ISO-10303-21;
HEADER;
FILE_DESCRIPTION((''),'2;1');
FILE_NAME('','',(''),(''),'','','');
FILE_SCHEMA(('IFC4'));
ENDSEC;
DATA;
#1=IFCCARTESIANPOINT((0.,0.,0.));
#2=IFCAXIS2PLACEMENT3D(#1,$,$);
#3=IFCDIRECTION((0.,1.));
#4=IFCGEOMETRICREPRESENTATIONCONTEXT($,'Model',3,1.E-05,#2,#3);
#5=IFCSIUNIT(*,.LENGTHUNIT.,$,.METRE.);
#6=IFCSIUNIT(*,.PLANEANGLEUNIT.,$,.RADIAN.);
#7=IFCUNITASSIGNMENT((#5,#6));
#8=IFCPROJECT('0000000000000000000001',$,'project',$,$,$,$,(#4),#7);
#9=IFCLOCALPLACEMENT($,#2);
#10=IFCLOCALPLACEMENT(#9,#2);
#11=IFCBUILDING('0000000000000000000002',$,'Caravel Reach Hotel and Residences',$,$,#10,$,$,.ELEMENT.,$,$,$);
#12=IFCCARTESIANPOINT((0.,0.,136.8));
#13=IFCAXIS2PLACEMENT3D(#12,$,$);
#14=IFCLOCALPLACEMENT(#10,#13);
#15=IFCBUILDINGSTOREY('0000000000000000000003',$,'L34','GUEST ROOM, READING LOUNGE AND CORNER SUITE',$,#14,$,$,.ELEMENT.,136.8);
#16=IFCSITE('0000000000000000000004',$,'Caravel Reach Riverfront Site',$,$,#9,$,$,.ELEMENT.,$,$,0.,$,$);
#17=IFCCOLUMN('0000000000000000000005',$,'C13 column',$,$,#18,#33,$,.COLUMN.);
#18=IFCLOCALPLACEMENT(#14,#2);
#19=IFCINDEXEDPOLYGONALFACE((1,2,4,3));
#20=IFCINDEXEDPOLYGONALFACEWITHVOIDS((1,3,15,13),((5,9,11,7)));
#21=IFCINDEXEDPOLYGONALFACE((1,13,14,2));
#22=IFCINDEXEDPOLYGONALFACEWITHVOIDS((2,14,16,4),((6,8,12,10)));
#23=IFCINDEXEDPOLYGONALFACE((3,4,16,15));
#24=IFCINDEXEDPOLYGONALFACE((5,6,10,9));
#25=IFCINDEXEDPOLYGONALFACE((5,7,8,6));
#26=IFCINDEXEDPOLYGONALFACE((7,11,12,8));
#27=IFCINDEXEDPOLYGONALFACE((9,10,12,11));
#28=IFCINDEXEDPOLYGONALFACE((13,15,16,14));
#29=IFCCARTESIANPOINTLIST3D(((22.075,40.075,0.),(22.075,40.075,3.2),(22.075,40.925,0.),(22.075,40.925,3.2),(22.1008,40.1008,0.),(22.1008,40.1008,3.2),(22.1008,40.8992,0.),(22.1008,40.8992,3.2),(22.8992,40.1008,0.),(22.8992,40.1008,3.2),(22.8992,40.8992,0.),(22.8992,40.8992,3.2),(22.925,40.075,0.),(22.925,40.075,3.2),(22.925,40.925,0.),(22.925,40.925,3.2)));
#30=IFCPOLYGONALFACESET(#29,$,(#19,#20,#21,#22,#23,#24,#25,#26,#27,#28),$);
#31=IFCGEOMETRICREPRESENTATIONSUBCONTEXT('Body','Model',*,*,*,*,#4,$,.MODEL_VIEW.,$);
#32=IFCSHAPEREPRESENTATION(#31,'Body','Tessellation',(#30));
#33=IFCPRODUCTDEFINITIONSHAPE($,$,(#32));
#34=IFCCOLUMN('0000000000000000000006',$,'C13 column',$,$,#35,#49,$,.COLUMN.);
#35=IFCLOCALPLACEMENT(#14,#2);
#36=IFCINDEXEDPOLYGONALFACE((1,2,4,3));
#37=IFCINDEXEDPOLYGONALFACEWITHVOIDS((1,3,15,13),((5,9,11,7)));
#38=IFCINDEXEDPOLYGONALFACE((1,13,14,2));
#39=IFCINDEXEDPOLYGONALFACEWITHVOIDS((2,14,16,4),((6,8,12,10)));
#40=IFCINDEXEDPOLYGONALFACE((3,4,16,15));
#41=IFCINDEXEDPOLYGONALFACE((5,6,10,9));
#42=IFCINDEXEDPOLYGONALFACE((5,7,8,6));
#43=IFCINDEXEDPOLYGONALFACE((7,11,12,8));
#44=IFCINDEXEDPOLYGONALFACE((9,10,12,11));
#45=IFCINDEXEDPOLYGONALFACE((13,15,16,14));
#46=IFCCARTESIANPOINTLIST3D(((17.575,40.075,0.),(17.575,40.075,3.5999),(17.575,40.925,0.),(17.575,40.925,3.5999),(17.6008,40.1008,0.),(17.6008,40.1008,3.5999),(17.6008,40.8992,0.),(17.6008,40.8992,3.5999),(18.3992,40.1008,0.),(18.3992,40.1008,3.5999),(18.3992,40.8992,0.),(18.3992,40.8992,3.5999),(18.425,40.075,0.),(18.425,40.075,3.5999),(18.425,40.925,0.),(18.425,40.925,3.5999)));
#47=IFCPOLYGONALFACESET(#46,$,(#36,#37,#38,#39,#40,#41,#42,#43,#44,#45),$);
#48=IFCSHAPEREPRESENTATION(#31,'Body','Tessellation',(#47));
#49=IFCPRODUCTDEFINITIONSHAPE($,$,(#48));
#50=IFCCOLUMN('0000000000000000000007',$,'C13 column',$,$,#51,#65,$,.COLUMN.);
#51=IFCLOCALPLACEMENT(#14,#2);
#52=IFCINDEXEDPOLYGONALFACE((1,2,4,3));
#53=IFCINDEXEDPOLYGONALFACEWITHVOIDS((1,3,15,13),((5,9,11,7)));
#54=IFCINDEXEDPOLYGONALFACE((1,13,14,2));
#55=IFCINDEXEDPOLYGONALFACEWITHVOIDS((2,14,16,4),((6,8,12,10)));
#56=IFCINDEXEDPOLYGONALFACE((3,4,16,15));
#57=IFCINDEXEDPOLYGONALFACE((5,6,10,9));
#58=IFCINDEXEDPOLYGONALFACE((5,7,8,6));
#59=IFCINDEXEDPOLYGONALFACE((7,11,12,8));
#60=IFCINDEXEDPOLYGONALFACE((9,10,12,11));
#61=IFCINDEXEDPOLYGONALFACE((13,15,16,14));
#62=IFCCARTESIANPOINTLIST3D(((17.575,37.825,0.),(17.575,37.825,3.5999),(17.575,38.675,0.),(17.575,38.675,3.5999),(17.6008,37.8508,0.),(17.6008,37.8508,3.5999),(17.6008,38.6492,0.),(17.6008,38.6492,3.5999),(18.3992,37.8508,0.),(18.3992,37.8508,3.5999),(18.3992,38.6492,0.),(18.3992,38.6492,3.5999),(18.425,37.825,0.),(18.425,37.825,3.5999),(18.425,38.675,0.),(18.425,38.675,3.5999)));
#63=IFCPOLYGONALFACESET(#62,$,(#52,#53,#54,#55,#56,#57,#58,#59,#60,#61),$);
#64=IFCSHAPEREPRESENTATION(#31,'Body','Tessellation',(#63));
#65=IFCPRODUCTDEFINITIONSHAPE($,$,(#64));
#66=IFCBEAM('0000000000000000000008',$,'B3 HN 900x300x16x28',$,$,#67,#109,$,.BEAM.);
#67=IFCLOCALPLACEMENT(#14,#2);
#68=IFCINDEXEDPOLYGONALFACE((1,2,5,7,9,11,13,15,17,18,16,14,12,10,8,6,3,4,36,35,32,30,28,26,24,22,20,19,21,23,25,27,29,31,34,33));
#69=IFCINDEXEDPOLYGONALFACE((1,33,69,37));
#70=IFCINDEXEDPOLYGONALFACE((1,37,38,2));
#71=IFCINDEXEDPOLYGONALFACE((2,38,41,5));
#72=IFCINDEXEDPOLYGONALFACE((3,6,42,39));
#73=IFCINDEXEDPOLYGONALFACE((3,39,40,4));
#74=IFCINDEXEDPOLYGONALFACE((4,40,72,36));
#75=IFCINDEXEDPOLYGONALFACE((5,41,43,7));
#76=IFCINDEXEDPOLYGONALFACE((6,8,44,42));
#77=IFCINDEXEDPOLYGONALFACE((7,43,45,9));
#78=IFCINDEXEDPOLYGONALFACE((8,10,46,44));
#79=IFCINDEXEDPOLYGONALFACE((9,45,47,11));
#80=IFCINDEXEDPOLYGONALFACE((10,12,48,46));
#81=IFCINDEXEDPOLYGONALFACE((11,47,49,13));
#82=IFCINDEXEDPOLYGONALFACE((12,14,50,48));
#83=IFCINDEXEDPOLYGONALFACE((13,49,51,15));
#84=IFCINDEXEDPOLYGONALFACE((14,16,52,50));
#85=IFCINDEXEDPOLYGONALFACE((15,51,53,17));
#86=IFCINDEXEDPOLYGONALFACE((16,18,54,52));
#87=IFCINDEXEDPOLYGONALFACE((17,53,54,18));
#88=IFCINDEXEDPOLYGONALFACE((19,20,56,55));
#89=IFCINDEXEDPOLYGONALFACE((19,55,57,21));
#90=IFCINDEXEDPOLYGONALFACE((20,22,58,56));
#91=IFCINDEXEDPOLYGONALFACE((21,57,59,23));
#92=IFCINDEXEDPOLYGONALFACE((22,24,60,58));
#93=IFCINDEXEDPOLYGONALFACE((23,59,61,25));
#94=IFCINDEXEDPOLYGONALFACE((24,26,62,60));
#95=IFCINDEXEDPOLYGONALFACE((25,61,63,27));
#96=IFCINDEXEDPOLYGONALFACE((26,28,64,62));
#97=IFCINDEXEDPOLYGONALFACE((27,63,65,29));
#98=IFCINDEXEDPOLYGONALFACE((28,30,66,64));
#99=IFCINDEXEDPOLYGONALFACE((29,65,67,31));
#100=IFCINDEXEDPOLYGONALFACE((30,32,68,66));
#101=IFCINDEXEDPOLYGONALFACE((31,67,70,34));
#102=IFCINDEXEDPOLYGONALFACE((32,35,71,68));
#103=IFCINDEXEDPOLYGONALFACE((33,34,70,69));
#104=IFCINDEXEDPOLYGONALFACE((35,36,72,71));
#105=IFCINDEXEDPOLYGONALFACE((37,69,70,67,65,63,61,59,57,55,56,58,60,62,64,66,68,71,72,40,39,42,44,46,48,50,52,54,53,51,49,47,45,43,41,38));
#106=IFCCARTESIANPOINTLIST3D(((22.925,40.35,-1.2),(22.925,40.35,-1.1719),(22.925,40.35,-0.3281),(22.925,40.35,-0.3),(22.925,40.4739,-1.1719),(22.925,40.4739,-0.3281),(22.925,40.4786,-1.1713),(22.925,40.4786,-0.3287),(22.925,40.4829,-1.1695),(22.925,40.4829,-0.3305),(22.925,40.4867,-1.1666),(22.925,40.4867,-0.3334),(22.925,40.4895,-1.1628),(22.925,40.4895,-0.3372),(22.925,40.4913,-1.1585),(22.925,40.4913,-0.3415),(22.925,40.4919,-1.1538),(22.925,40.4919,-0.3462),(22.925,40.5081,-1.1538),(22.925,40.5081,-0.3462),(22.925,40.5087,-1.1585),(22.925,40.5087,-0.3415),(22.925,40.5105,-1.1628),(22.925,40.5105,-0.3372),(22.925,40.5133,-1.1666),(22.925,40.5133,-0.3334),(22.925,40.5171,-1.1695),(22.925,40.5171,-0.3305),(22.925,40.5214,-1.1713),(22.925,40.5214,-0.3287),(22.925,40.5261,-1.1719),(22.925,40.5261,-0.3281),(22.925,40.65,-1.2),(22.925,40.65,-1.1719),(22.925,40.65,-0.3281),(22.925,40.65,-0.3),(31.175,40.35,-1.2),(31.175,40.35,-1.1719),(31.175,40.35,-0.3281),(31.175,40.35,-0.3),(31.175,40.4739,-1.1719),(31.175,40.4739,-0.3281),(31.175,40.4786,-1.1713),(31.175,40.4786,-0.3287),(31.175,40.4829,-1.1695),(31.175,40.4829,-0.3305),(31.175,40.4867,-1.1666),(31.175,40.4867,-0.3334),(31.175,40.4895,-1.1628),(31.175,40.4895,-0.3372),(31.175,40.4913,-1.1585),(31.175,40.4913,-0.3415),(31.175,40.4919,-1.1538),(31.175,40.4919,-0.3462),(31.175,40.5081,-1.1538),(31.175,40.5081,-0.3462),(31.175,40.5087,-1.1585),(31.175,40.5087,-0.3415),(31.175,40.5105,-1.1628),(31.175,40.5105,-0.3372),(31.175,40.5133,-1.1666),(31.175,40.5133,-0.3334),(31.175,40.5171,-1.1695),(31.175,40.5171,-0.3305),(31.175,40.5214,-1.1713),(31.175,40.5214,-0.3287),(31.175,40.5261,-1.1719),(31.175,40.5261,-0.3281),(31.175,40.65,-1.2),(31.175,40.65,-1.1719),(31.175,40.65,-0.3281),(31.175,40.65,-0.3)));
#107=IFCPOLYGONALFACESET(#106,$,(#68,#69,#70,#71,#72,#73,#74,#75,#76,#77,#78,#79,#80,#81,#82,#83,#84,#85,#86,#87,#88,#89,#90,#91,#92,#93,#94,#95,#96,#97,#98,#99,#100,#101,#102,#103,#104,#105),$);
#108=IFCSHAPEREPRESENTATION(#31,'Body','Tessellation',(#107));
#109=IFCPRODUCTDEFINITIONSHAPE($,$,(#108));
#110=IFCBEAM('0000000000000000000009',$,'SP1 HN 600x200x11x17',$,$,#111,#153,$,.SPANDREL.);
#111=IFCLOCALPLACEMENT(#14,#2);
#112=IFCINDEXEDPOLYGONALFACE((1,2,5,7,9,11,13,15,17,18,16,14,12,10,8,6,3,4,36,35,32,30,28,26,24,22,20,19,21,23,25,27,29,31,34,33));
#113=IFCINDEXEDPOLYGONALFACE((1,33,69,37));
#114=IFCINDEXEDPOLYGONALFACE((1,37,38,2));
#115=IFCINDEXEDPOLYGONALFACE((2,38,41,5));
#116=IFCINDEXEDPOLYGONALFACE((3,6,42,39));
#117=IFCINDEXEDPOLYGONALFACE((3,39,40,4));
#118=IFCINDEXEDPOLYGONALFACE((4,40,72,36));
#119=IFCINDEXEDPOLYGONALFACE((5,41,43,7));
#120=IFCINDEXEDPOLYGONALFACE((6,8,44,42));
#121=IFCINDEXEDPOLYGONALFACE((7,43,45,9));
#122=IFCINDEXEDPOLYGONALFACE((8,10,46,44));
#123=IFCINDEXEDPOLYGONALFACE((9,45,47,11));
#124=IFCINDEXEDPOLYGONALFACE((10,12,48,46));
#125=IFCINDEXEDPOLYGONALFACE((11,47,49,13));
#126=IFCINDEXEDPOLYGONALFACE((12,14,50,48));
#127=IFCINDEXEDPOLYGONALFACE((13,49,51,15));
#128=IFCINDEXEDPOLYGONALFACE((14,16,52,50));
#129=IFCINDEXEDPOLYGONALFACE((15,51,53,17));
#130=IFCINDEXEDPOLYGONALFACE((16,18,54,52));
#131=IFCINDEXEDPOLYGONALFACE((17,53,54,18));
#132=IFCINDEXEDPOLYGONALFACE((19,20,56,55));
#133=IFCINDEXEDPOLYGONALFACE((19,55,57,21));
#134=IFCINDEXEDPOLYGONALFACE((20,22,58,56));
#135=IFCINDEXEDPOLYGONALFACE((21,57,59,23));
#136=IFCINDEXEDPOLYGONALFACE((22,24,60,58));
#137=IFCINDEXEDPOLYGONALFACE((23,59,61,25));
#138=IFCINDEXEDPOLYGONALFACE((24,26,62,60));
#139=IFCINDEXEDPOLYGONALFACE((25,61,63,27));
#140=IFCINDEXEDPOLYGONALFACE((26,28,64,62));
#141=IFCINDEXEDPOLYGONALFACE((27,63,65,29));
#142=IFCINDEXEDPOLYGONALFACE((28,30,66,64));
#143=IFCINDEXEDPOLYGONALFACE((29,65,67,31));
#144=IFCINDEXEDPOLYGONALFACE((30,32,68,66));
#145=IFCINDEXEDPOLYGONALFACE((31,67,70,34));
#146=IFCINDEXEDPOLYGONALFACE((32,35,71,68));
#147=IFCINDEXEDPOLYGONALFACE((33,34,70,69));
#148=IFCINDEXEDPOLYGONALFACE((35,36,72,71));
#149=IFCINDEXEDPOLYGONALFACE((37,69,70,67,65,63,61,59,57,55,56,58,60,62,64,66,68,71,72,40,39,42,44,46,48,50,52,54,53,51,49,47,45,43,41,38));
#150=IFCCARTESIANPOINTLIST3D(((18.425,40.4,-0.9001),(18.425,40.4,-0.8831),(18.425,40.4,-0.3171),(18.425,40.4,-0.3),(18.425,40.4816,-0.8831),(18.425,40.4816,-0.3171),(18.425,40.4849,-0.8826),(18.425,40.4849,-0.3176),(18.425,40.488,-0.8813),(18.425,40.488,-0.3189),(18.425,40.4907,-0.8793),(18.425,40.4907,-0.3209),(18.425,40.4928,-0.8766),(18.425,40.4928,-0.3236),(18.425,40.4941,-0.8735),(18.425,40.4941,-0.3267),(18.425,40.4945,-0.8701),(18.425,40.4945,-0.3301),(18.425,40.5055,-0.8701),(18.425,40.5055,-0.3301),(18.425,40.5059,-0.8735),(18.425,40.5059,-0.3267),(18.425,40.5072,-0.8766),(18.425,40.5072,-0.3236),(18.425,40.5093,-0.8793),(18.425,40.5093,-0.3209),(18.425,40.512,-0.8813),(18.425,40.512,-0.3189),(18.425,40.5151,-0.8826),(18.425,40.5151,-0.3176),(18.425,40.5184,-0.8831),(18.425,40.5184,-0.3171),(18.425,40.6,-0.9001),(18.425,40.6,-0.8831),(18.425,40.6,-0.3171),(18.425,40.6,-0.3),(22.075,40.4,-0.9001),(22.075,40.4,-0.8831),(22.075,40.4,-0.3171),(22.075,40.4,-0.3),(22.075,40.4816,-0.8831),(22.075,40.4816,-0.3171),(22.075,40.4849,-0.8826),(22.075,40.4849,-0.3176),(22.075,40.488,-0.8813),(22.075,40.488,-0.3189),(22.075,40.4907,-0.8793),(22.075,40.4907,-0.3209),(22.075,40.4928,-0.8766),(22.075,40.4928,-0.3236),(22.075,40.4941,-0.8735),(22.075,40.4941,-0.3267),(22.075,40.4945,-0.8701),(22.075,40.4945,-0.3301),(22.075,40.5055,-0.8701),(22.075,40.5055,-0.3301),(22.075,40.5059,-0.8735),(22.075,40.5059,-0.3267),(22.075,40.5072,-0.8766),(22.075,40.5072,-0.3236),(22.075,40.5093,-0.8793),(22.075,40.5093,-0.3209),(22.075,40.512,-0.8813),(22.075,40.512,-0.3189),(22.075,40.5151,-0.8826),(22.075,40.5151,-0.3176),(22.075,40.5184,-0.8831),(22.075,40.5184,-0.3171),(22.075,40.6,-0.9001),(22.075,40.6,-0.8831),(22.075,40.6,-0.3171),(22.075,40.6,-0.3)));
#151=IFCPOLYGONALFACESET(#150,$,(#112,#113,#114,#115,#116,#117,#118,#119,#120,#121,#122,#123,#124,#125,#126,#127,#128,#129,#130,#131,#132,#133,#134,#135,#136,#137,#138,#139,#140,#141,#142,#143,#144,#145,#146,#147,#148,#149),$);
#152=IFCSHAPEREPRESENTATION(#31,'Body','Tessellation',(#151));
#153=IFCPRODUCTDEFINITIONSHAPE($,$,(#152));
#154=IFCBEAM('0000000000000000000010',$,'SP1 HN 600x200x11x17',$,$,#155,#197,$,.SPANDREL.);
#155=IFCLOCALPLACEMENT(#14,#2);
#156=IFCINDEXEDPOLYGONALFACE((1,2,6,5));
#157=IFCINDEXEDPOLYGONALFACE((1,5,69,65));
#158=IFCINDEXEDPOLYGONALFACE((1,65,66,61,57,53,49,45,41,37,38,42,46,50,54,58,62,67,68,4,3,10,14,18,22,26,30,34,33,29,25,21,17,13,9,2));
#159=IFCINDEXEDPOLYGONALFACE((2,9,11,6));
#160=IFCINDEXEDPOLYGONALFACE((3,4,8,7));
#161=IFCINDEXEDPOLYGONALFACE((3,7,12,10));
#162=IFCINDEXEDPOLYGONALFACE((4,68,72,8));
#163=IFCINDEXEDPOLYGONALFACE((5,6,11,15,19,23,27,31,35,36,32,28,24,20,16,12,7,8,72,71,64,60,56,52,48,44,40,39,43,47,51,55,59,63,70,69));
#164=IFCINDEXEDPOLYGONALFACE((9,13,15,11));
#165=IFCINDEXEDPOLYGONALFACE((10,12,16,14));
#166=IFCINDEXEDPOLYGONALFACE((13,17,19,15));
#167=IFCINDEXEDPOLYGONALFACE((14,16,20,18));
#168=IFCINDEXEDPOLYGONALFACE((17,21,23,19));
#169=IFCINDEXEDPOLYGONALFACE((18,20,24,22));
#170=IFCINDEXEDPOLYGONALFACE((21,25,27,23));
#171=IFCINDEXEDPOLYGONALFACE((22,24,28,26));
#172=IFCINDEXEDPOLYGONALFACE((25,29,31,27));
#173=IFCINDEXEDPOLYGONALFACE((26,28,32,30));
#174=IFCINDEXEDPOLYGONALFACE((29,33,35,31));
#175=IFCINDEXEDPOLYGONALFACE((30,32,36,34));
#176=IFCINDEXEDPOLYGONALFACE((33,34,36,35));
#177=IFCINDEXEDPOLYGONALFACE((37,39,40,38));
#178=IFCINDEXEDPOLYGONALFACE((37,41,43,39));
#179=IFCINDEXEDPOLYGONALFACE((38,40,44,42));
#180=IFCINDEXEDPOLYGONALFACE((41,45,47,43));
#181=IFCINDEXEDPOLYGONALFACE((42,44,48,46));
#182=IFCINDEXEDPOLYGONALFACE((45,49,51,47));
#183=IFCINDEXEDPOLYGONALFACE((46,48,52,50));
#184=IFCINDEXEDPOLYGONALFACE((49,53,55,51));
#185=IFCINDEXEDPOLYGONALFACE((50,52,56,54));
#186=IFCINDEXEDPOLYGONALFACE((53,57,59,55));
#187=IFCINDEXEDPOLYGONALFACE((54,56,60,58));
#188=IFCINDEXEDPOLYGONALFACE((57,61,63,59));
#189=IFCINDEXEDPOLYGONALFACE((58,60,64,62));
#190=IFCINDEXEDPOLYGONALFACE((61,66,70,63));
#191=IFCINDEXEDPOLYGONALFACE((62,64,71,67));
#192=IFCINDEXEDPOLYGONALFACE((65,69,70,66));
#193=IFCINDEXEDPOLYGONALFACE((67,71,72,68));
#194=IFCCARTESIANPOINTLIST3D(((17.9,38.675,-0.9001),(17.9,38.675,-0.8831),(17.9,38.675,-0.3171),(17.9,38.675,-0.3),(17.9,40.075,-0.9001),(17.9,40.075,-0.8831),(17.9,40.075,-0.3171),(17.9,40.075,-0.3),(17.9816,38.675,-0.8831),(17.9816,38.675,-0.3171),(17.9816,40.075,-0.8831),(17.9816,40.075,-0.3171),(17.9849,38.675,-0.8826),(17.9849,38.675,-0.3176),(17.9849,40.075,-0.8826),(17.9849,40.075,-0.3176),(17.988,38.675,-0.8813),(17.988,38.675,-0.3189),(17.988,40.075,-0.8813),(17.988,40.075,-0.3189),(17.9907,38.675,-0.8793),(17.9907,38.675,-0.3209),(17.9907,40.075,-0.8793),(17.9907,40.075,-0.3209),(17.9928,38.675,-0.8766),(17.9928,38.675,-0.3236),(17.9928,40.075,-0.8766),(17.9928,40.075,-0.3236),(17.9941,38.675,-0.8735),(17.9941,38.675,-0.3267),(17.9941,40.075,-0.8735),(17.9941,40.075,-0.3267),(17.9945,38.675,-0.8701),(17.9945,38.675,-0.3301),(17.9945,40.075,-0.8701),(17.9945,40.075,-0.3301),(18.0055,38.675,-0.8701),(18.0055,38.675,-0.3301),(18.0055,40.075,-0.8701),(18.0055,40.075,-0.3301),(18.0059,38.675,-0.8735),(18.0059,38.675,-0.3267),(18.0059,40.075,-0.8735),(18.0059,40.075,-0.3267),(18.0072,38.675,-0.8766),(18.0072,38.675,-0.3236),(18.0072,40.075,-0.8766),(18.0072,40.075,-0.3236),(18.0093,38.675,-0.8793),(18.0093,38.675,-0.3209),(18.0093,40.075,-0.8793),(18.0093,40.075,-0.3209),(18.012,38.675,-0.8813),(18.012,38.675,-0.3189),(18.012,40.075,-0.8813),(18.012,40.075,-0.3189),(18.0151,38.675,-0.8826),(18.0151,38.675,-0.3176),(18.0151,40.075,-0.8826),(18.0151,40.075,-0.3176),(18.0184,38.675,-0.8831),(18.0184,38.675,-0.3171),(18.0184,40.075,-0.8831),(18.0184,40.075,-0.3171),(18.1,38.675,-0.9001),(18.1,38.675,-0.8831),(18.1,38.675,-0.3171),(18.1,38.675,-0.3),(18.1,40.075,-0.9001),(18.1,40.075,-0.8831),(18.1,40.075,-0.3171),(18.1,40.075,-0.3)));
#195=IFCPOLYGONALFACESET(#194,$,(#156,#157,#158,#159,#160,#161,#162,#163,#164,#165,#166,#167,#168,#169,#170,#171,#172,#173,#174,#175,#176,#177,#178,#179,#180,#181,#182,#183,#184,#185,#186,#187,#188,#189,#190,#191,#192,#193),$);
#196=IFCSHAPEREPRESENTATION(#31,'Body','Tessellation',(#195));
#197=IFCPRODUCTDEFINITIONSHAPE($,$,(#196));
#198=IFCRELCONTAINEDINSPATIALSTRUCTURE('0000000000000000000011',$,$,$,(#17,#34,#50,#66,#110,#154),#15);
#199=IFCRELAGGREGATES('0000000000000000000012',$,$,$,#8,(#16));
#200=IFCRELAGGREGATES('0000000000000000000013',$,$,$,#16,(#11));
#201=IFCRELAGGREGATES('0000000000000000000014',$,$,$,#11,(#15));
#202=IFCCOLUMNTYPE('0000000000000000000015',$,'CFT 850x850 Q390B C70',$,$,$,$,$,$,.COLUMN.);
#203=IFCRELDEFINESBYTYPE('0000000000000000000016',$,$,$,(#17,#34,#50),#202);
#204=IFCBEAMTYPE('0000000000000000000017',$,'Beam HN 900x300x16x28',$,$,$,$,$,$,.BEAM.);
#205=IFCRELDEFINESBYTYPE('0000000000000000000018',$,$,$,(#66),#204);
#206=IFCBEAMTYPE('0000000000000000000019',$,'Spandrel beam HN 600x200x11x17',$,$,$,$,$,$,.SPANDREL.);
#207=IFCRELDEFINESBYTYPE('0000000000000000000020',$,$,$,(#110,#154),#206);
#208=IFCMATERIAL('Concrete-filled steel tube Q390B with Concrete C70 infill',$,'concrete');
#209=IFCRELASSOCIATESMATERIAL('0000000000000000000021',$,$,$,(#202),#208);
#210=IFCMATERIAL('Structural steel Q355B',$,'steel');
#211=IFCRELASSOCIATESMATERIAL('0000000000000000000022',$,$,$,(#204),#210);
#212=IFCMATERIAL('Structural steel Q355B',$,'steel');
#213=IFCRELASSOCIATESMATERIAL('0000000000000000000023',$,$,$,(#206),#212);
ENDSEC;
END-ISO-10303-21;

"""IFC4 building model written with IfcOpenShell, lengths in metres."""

from ifc_helpers import new_model, si_unit, direction, frame, origin, origin_2d, place, context, subcontext, project, spatial, hollow_rectangle, i_section, extrude, material, material_profile, profile_set, type_object, element, save


model = new_model("IFC4")

# Units and contexts
model_context = context("Model", 3, precision=1e-05, world=origin(), true_north=direction((0.0, 1.0)))
body_context = subcontext(model_context, "Body", "Model", "MODEL_VIEW")
ifc_project = project(units=[si_unit("LENGTHUNIT", "METRE"), si_unit("PLANEANGLEUNIT", "RADIAN")], contexts=[model_context])

# Site, building, storey
site_placement = place(None, origin())
site = spatial("IfcSite", under=ifc_project, at=site_placement, Name="Caravel Reach Riverfront Site", CompositionType="ELEMENT", RefElevation=0.0)
building_placement = place(site_placement, origin())
building = spatial("IfcBuilding", under=site, at=building_placement, Name="Caravel Reach Hotel and Residences", CompositionType="ELEMENT")
storey_placement = place(building_placement, frame((0.0, 0.0, 136.8)))
storey = spatial("IfcBuildingStorey", under=building, at=storey_placement, Name="L34", Description="GUEST ROOM, READING LOUNGE AND CORNER SUITE", CompositionType="ELEMENT", Elevation=136.8)

# Columns
ifc_material_1 = material(Name="Concrete-filled steel tube Q390B with Concrete C70 infill", Category="concrete")
ifc_material_profile_1 = material_profile(ifc_material_1, hollow_rectangle(XDim=0.8501, YDim=0.8501, WallThickness=0.0259, at=origin_2d()), Name="RHS 850x850x26")
ifc_profile_set_1 = profile_set([ifc_material_profile_1], Name="Concrete-filled steel tube Q390B with Concrete C70 infill")
column_type = type_object("IfcColumnType", Name="CFT 850x850 Q390B C70", PredefinedType="COLUMN", material=ifc_profile_set_1)
column_placement = place(storey_placement, frame((22.5, 40.5, 0.0), z_axis=(0.0, 0.0, 1.0), x_axis=(1.0, 0.0, 0.0)))
element("IfcColumn", 1, at=column_placement, inside=storey, type_object=column_type, Name="C13 column", PredefinedType="COLUMN", context=body_context, shape_type="SweptSolid", body=[
    extrude(hollow_rectangle(XDim=0.8501, YDim=0.8501, WallThickness=0.0259, at=origin_2d()), origin(), (0.0, 0.0, 1.0), 3.2),
])
for number, where, z_axis, x_axis, name in (
    (2, (18.0, 40.5, 0.0), (0.0, 0.0, 1.0), (1.0, 0.0, 0.0), "C13 column"),
    (3, (18.0, 38.25, 0.0), (0.0, 0.0, 1.0), (1.0, 0.0, 0.0), "C13 column"),
):
    element("IfcColumn", number, at=place(storey_placement, frame(where, z_axis=z_axis, x_axis=x_axis)), inside=storey, type_object=column_type, Name=name, PredefinedType="COLUMN", context=body_context, shape_type="SweptSolid", body=[
        extrude(hollow_rectangle(XDim=0.8501, YDim=0.8501, WallThickness=0.0259, at=origin_2d()), origin(), (0.0, 0.0, 1.0), 3.5999),
    ])

# Beams
ifc_material_2 = material(Name="Structural steel Q355B", Category="steel")
ifc_material_profile_2 = material_profile(ifc_material_2, i_section(OverallWidth=0.3, OverallDepth=0.8999, WebThickness=0.0161, FlangeThickness=0.0281, FilletRadius=0.0181, at=origin_2d()), Name="HN 900x300x16x28")
ifc_profile_set_2 = profile_set([ifc_material_profile_2], Name="Structural steel Q355B")
beam_type_1 = type_object("IfcBeamType", Name="Beam HN 900x300x16x28", PredefinedType="BEAM", material=ifc_profile_set_2)
beam_1_placement = place(storey_placement, frame((22.925, 40.5, -0.75), z_axis=(1.0, 0.0, 0.0), x_axis=(0.0, 1.0, 0.0)))
element("IfcBeam", 4, at=beam_1_placement, inside=storey, type_object=beam_type_1, Name="B3 HN 900x300x16x28", PredefinedType="BEAM", context=body_context, shape_type="SweptSolid", body=[
    extrude(i_section(OverallWidth=0.3, OverallDepth=0.8999, WebThickness=0.0161, FlangeThickness=0.0281, FilletRadius=0.0181, at=origin_2d()), origin(), (0.0, 0.0, 1.0), 8.25),
])
ifc_material_3 = material(Name="Structural steel Q355B", Category="steel")
ifc_material_profile_3 = material_profile(ifc_material_3, i_section(OverallWidth=0.2, OverallDepth=0.6001, WebThickness=0.011, FlangeThickness=0.0171, FilletRadius=0.0129, at=origin_2d()), Name="HN 600x200x11x17")
ifc_profile_set_3 = profile_set([ifc_material_profile_3], Name="Structural steel Q355B")
beam_type_2 = type_object("IfcBeamType", Name="Spandrel beam HN 600x200x11x17", PredefinedType="SPANDREL", material=ifc_profile_set_3)
beam_2_placement = place(storey_placement, frame((22.075, 40.5, -0.6001), z_axis=(-1.0, 0.0, 0.0), x_axis=(0.0, -1.0, 0.0)))
element("IfcBeam", 5, at=beam_2_placement, inside=storey, type_object=beam_type_2, Name="SP1 HN 600x200x11x17", PredefinedType="SPANDREL", context=body_context, shape_type="SweptSolid", body=[
    extrude(i_section(OverallWidth=0.2, OverallDepth=0.6001, WebThickness=0.011, FlangeThickness=0.0171, FilletRadius=0.0129, at=origin_2d()), origin(), (0.0, 0.0, 1.0), 3.6499),
])
beam_3_placement = place(storey_placement, frame((18.0, 40.075, -0.6001), z_axis=(0.0, -1.0, 0.0), x_axis=(1.0, 0.0, 0.0)))
element("IfcBeam", 6, at=beam_3_placement, inside=storey, type_object=beam_type_2, Name="SP1 HN 600x200x11x17", PredefinedType="SPANDREL", context=body_context, shape_type="SweptSolid", body=[
    extrude(i_section(OverallWidth=0.2, OverallDepth=0.6001, WebThickness=0.011, FlangeThickness=0.0171, FilletRadius=0.0129, at=origin_2d()), origin(), (0.0, 0.0, 1.0), 1.3999),
])

save(model, "model.ifc")
